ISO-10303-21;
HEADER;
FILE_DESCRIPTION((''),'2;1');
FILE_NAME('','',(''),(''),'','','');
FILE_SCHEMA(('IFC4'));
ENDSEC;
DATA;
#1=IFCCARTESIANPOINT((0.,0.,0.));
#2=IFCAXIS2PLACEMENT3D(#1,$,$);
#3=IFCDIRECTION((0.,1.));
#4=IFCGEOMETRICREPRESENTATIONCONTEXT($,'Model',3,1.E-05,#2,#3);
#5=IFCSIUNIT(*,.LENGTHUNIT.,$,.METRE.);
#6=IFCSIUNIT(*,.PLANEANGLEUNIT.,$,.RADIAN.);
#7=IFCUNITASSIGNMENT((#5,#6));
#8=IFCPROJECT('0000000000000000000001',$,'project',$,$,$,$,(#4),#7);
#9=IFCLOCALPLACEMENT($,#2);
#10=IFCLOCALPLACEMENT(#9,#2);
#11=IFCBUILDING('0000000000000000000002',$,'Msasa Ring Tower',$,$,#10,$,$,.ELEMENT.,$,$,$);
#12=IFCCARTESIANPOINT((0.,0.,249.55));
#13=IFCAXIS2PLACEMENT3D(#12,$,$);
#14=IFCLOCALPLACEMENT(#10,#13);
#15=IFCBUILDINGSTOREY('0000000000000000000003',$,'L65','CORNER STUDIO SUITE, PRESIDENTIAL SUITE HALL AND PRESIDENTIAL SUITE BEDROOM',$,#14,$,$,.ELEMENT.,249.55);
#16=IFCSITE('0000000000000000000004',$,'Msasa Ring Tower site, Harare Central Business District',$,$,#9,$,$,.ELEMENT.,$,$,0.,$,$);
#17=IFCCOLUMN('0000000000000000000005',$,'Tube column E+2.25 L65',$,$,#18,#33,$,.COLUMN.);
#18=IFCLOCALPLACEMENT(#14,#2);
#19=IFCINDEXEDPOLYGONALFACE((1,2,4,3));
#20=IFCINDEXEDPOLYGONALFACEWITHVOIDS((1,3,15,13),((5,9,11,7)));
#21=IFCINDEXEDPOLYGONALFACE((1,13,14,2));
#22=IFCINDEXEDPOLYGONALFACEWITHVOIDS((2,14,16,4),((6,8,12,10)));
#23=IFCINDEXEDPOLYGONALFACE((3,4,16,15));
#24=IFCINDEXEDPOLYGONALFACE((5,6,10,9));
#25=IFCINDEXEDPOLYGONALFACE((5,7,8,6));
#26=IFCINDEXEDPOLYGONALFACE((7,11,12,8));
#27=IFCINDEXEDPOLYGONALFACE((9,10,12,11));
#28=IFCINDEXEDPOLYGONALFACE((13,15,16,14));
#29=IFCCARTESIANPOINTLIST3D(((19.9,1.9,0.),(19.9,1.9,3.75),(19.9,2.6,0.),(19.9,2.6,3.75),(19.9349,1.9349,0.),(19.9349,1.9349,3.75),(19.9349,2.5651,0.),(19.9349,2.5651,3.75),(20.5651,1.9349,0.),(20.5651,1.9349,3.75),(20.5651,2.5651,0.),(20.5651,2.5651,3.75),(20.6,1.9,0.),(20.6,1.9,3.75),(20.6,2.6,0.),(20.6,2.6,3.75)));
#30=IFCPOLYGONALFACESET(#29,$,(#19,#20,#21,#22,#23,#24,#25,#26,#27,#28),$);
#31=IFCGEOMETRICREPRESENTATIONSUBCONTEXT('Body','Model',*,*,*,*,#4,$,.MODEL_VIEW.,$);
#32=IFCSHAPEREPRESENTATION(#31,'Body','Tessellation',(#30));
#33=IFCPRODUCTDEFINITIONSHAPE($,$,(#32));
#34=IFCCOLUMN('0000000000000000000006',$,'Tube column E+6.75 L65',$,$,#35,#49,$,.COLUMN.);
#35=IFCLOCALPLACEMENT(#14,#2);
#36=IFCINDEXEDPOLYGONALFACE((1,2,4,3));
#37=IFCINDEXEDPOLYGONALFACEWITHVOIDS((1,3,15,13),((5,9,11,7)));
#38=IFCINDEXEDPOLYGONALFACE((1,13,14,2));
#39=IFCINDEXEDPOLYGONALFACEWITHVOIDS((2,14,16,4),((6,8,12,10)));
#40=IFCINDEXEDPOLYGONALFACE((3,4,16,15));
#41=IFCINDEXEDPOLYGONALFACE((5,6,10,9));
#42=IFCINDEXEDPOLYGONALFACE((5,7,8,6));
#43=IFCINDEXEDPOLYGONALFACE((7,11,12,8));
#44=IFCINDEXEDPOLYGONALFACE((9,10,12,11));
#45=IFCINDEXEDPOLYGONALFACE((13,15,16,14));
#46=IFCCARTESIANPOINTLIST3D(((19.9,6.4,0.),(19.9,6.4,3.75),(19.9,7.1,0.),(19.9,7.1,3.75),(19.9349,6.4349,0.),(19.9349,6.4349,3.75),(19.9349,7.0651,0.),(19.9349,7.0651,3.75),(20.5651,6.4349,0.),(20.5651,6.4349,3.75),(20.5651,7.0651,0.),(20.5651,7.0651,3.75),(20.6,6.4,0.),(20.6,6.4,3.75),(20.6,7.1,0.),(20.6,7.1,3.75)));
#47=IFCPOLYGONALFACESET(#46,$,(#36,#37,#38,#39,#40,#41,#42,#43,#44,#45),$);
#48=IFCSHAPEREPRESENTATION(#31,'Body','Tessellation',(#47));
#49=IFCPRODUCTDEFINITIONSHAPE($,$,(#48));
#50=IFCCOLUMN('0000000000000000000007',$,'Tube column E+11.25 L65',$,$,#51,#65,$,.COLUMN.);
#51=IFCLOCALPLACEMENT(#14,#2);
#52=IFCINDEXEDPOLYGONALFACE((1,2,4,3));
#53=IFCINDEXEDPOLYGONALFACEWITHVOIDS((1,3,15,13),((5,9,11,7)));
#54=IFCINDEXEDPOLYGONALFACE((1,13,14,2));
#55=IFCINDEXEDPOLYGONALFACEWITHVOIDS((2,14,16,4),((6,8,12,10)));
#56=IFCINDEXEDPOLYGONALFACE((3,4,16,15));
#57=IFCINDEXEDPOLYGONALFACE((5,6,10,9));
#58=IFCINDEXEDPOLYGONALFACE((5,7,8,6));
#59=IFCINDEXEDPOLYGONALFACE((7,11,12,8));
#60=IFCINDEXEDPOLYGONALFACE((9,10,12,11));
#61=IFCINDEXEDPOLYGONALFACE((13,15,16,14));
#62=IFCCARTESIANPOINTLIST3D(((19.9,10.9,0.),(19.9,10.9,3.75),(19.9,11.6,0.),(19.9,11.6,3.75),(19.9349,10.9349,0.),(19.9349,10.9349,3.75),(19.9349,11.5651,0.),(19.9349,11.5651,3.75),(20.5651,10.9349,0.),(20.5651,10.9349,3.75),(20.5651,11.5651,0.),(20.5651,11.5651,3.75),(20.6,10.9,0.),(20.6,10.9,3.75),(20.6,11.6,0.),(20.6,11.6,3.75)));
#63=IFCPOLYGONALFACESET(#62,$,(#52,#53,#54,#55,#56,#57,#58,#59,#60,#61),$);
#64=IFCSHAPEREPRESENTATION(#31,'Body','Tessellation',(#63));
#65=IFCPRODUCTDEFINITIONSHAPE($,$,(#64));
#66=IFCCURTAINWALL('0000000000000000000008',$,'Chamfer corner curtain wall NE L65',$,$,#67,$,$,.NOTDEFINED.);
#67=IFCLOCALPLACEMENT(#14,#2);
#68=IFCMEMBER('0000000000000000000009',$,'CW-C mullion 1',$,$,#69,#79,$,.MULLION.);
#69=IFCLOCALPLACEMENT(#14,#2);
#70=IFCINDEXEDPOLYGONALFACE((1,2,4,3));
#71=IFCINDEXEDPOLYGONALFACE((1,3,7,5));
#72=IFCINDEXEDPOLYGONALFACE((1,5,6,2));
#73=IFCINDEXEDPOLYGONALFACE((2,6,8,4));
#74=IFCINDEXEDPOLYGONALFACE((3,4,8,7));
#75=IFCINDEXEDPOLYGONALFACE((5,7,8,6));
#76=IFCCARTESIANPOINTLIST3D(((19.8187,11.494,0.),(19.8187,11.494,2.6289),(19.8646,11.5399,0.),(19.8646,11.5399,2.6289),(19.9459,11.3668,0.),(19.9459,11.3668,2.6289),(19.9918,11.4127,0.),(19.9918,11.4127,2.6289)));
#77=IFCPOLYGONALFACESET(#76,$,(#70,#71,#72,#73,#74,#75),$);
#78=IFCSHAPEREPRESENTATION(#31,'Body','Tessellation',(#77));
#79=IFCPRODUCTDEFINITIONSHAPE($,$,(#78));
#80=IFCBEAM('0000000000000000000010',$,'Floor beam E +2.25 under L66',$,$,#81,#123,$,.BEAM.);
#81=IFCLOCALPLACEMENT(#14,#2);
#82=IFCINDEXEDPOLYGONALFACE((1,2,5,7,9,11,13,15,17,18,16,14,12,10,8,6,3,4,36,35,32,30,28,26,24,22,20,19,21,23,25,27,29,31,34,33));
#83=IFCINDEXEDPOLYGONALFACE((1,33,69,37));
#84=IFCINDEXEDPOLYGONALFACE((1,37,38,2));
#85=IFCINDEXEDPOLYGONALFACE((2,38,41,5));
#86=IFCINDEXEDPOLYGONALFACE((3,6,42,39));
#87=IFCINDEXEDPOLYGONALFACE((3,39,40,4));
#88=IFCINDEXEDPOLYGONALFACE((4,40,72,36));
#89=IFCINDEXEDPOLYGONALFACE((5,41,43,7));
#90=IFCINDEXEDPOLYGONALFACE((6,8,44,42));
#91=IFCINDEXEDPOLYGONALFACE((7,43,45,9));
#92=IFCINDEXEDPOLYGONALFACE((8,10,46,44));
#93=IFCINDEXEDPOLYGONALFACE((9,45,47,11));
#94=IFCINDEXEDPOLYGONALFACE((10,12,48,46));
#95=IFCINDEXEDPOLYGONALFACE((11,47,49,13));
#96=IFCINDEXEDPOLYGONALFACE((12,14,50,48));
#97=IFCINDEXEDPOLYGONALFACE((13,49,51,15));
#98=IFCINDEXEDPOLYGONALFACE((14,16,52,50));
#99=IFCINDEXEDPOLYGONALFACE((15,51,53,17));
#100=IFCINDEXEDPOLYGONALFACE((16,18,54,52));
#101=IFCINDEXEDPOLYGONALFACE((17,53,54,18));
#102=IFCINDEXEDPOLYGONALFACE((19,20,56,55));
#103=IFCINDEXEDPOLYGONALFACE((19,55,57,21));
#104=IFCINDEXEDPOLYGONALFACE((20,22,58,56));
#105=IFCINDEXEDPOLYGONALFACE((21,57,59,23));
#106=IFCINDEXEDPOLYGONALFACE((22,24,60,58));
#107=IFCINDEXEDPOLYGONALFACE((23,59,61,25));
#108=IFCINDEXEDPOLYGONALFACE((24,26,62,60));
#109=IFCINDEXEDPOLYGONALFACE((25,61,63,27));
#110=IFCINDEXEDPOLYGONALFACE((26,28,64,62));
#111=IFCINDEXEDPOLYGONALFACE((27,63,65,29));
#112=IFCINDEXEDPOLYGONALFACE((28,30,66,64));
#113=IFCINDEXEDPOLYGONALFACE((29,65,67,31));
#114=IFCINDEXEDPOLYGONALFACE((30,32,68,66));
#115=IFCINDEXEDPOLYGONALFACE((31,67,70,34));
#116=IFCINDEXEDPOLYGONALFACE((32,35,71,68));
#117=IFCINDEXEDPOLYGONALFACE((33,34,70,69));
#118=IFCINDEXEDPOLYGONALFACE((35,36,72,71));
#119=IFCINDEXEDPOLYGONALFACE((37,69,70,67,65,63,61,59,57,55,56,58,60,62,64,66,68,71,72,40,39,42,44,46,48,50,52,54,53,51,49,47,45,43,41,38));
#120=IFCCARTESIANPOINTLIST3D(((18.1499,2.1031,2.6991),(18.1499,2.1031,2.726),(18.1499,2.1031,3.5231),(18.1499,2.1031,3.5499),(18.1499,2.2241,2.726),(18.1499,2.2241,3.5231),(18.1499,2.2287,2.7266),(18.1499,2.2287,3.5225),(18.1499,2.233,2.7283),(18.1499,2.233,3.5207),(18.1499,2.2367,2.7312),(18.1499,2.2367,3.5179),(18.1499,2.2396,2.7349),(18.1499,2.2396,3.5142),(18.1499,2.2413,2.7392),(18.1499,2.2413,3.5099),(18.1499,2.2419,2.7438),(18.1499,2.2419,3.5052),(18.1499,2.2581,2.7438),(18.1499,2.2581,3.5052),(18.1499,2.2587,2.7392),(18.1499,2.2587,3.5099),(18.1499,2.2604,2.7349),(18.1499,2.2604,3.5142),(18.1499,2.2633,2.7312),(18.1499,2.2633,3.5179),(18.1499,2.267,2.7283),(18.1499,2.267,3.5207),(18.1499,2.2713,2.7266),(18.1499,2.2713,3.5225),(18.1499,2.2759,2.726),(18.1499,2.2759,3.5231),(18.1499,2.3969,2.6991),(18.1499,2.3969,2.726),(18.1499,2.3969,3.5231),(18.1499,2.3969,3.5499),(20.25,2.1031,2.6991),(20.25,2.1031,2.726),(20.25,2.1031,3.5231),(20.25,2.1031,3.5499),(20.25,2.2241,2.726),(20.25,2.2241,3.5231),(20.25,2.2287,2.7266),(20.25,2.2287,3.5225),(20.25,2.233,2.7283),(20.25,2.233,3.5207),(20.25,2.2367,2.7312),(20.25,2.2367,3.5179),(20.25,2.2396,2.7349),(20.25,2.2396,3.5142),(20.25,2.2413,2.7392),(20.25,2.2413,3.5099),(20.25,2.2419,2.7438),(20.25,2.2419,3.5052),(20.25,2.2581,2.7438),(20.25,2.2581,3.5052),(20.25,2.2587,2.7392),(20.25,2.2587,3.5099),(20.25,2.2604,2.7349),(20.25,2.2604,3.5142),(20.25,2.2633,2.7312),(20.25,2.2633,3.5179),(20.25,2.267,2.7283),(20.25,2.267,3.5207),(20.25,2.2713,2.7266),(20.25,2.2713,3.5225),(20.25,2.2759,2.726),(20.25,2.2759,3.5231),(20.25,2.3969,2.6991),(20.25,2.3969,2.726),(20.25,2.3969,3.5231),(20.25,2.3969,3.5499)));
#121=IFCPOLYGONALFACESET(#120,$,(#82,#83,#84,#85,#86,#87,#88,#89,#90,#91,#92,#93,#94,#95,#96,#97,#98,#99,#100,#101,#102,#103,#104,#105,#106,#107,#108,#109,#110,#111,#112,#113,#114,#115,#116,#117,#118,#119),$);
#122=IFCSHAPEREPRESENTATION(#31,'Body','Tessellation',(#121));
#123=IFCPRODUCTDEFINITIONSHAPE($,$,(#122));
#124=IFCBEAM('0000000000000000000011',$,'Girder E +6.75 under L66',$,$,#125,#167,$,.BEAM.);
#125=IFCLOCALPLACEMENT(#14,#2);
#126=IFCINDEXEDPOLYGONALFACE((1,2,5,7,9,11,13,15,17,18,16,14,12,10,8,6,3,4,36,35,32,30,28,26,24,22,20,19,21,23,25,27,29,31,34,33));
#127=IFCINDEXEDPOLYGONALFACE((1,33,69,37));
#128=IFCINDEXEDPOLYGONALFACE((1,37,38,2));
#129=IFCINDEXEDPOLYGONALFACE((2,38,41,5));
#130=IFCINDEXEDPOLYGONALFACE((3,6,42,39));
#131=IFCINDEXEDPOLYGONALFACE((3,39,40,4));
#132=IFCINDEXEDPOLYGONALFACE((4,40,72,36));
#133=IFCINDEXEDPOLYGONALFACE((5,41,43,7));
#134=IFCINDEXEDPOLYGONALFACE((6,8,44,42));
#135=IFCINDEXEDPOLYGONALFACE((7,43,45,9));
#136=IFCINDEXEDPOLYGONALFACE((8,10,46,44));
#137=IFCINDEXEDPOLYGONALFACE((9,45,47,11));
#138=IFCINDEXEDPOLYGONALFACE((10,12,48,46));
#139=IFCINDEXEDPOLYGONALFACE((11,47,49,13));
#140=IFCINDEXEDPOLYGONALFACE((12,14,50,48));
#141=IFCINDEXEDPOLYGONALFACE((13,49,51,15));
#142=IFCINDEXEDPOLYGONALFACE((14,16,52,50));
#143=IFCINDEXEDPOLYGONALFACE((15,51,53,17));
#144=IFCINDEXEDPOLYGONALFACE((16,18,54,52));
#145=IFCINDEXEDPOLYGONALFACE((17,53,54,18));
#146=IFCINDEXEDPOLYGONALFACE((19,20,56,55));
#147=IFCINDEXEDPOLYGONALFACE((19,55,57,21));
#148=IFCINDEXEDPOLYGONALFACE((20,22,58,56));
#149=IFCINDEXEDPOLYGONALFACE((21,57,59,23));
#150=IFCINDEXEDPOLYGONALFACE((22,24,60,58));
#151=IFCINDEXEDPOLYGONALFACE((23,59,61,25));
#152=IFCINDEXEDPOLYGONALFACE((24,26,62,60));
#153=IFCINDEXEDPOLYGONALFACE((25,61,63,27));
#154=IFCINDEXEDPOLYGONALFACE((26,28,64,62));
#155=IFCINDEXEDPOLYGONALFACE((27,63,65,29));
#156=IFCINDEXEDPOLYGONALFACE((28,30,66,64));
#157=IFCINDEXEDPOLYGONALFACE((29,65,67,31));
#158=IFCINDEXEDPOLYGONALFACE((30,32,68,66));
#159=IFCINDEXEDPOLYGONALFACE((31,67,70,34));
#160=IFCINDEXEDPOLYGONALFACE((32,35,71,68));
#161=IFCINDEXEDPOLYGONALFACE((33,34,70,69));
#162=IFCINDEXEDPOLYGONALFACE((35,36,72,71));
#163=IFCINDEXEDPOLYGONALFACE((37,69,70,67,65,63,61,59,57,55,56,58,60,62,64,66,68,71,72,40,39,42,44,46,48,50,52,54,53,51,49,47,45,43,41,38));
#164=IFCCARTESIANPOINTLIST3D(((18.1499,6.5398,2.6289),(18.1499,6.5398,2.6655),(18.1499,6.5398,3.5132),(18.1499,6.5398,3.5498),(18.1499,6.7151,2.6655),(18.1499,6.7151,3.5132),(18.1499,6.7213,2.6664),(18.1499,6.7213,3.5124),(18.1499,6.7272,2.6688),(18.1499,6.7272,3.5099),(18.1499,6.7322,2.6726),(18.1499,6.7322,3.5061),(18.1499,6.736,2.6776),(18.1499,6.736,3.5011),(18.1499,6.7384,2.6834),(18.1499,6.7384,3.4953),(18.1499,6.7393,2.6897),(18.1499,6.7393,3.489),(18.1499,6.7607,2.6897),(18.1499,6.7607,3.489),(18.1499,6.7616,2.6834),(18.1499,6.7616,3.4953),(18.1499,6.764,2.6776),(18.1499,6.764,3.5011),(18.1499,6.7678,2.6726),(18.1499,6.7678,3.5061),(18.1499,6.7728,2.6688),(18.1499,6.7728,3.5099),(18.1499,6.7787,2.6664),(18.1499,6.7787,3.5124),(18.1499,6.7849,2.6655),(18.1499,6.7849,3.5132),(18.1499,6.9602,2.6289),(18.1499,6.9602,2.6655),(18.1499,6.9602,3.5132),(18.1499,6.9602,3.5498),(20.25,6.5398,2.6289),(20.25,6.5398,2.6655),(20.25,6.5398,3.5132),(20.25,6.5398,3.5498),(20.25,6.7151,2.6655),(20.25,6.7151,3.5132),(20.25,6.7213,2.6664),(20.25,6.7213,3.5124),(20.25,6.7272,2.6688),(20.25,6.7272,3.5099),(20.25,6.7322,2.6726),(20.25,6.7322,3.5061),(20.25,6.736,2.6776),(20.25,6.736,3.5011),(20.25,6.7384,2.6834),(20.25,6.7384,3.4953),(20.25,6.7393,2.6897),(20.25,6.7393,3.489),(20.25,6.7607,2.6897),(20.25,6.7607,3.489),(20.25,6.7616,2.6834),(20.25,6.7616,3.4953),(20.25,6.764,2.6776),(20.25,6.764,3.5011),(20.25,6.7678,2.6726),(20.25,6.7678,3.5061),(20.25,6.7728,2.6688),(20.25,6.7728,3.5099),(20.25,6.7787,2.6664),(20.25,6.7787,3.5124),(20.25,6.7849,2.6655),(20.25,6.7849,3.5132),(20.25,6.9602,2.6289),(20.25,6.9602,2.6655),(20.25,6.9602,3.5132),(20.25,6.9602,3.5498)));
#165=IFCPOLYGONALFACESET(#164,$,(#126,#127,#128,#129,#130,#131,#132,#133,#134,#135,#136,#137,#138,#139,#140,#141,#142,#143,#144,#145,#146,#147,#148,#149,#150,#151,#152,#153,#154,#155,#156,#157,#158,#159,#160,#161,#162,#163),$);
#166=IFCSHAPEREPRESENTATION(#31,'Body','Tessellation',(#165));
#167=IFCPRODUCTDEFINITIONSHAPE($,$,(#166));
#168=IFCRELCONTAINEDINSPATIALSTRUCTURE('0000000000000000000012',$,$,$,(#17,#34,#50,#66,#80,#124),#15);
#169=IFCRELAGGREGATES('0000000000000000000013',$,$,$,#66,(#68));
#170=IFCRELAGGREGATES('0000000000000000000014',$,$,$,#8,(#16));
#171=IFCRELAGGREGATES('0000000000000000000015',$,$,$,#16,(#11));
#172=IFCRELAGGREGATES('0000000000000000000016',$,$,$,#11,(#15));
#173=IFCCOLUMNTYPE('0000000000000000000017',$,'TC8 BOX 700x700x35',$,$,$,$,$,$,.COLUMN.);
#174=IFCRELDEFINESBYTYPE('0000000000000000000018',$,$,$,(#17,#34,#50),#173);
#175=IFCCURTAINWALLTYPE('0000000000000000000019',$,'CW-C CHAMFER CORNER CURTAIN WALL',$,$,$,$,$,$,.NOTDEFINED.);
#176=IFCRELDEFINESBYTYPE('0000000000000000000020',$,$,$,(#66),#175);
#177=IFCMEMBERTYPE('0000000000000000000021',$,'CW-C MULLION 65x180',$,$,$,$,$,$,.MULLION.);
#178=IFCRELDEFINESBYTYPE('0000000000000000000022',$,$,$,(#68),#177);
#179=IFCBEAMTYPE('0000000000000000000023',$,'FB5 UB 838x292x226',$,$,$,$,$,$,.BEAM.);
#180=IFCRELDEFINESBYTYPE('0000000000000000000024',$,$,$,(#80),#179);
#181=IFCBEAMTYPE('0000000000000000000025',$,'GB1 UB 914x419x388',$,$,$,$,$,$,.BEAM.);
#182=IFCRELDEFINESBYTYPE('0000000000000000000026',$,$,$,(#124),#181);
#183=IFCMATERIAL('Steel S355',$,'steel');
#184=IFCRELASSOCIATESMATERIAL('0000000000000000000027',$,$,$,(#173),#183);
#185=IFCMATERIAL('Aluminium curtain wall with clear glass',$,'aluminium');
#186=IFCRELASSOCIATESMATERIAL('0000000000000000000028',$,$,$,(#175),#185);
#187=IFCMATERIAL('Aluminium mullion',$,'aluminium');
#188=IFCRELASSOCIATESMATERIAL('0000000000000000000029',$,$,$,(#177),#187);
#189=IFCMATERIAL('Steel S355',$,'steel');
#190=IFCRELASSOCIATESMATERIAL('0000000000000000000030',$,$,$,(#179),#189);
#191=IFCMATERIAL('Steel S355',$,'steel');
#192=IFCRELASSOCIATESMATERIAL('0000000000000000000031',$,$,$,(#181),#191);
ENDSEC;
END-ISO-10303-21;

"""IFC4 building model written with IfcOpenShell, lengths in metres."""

from ifc_helpers import new_model, si_unit, direction, frame, origin, origin_2d, place, context, subcontext, project, spatial, rectangle, hollow_rectangle, i_section, extrude, material, material_profile, profile_set, type_object, element, aggregate, save


model = new_model("IFC4")

# Units and contexts
model_context = context("Model", 3, precision=1e-05, world=origin(), true_north=direction((0.0, 1.0)))
body_context = subcontext(model_context, "Body", "Model", "MODEL_VIEW")
ifc_project = project(units=[si_unit("LENGTHUNIT", "METRE"), si_unit("PLANEANGLEUNIT", "RADIAN")], contexts=[model_context])

# Site, building, storey
site_placement = place(None, origin())
site = spatial("IfcSite", under=ifc_project, at=site_placement, Name="Msasa Ring Tower site, Harare Central Business District", CompositionType="ELEMENT", RefElevation=0.0)
building_placement = place(site_placement, origin())
building = spatial("IfcBuilding", under=site, at=building_placement, Name="Msasa Ring Tower", CompositionType="ELEMENT")
storey_placement = place(building_placement, frame((0.0, 0.0, 249.55)))
storey = spatial("IfcBuildingStorey", under=building, at=storey_placement, Name="L65", Description="CORNER STUDIO SUITE, PRESIDENTIAL SUITE HALL AND PRESIDENTIAL SUITE BEDROOM", CompositionType="ELEMENT", Elevation=249.55)

# Columns
ifc_material_1 = material(Name="Steel S355", Category="steel")
ifc_material_profile_1 = material_profile(ifc_material_1, hollow_rectangle(XDim=0.7, YDim=0.7, WallThickness=0.0349, at=origin_2d()), Name="BOX 700x700x35")
ifc_profile_set_1 = profile_set([ifc_material_profile_1], Name="Steel S355")
column_type = type_object("IfcColumnType", Name="TC8 BOX 700x700x35", PredefinedType="COLUMN", material=ifc_profile_set_1)
for number, where, z_axis, x_axis, name in (
    (1, (20.25, 2.25, 0.0), (0.0, 0.0, 1.0), (1.0, 0.0, 0.0), "Tube column E+2.25 L65"),
    (2, (20.25, 6.75, 0.0), (0.0, 0.0, 1.0), (1.0, 0.0, 0.0), "Tube column E+6.75 L65"),
    (3, (20.25, 11.25, 0.0), (0.0, 0.0, 1.0), (1.0, 0.0, 0.0), "Tube column E+11.25 L65"),
):
    element("IfcColumn", number, at=place(storey_placement, frame(where, z_axis=z_axis, x_axis=x_axis)), inside=storey, type_object=column_type, Name=name, PredefinedType="COLUMN", context=body_context, shape_type="SweptSolid", body=[
        extrude(hollow_rectangle(XDim=0.7, YDim=0.7, WallThickness=0.0349, at=origin_2d()), origin(), (0.0, 0.0, 1.0), 3.75),
    ])

# Curtain wall, member
ifc_material_2 = material(Name="Aluminium curtain wall with clear glass", Category="aluminium")
curtain_wall_type = type_object("IfcCurtainWallType", Name="CW-C CHAMFER CORNER CURTAIN WALL", PredefinedType="NOTDEFINED", material=ifc_material_2)
curtain_wall_placement = place(storey_placement, origin())
curtain_wall = element("IfcCurtainWall", 4, at=curtain_wall_placement, inside=storey, type_object=curtain_wall_type, Name="Chamfer corner curtain wall NE L65", PredefinedType="NOTDEFINED")
ifc_material_3 = material(Name="Aluminium mullion", Category="aluminium")
ifc_material_profile_2 = material_profile(ifc_material_3, rectangle(XDim=0.0649, YDim=0.1799, at=origin_2d()), Name="AL 65x180")
ifc_profile_set_2 = profile_set([ifc_material_profile_2], Name="Aluminium mullion")
member_type = type_object("IfcMemberType", Name="CW-C MULLION 65x180", PredefinedType="MULLION", material=ifc_profile_set_2)
member_placement = place(storey_placement, frame((19.9053, 11.4534, 0.0), z_axis=(0.0, 0.0, 1.0), x_axis=(-0.707107, -0.707107, 0.0)))
member = element("IfcMember", 5, at=member_placement, type_object=member_type, Name="CW-C mullion 1", PredefinedType="MULLION", context=body_context, shape_type="SweptSolid", body=[
    extrude(rectangle(XDim=0.0649, YDim=0.1799, at=origin_2d()), origin(), (0.0, 0.0, 1.0), 2.6289),
])
aggregate(curtain_wall, [member])

# Beams
ifc_material_4 = material(Name="Steel S355", Category="steel")
ifc_material_profile_3 = material_profile(ifc_material_4, i_section(OverallWidth=0.2937, OverallDepth=0.8508, WebThickness=0.0161, FlangeThickness=0.0269, FilletRadius=0.0178, at=origin_2d()), Name="UB 838x292x226")
ifc_profile_set_3 = profile_set([ifc_material_profile_3], Name="Steel S355")
beam_type_1 = type_object("IfcBeamType", Name="FB5 UB 838x292x226", PredefinedType="BEAM", material=ifc_profile_set_3)
beam_1_placement = place(storey_placement, frame((20.25, 2.25, 3.1245), z_axis=(-1.0, 0.0, 0.0), x_axis=(0.0, -1.0, 0.0)))
element("IfcBeam", 6, at=beam_1_placement, inside=storey, type_object=beam_type_1, Name="Floor beam E +2.25 under L66", PredefinedType="BEAM", context=body_context, shape_type="SweptSolid", body=[
    extrude(i_section(OverallWidth=0.2937, OverallDepth=0.8508, WebThickness=0.0161, FlangeThickness=0.0269, FilletRadius=0.0178, at=origin_2d()), origin(), (0.0, 0.0, 1.0), 2.1001),
])
ifc_material_5 = material(Name="Steel S355", Category="steel")
ifc_material_profile_4 = material_profile(ifc_material_5, i_section(OverallWidth=0.4204, OverallDepth=0.9209, WebThickness=0.0215, FlangeThickness=0.0366, FilletRadius=0.0242, at=origin_2d()), Name="UB 914x419x388")
ifc_profile_set_4 = profile_set([ifc_material_profile_4], Name="Steel S355")
beam_type_2 = type_object("IfcBeamType", Name="GB1 UB 914x419x388", PredefinedType="BEAM", material=ifc_profile_set_4)
beam_2_placement = place(storey_placement, frame((18.1499, 6.75, 3.0894), z_axis=(1.0, 0.0, 0.0), x_axis=(0.0, 1.0, 0.0)))
element("IfcBeam", 7, at=beam_2_placement, inside=storey, type_object=beam_type_2, Name="Girder E +6.75 under L66", PredefinedType="BEAM", context=body_context, shape_type="SweptSolid", body=[
    extrude(i_section(OverallWidth=0.4204, OverallDepth=0.9209, WebThickness=0.0215, FlangeThickness=0.0366, FilletRadius=0.0242, at=origin_2d()), origin(), (0.0, 0.0, 1.0), 2.1001),
])

save(model, "model.ifc")
